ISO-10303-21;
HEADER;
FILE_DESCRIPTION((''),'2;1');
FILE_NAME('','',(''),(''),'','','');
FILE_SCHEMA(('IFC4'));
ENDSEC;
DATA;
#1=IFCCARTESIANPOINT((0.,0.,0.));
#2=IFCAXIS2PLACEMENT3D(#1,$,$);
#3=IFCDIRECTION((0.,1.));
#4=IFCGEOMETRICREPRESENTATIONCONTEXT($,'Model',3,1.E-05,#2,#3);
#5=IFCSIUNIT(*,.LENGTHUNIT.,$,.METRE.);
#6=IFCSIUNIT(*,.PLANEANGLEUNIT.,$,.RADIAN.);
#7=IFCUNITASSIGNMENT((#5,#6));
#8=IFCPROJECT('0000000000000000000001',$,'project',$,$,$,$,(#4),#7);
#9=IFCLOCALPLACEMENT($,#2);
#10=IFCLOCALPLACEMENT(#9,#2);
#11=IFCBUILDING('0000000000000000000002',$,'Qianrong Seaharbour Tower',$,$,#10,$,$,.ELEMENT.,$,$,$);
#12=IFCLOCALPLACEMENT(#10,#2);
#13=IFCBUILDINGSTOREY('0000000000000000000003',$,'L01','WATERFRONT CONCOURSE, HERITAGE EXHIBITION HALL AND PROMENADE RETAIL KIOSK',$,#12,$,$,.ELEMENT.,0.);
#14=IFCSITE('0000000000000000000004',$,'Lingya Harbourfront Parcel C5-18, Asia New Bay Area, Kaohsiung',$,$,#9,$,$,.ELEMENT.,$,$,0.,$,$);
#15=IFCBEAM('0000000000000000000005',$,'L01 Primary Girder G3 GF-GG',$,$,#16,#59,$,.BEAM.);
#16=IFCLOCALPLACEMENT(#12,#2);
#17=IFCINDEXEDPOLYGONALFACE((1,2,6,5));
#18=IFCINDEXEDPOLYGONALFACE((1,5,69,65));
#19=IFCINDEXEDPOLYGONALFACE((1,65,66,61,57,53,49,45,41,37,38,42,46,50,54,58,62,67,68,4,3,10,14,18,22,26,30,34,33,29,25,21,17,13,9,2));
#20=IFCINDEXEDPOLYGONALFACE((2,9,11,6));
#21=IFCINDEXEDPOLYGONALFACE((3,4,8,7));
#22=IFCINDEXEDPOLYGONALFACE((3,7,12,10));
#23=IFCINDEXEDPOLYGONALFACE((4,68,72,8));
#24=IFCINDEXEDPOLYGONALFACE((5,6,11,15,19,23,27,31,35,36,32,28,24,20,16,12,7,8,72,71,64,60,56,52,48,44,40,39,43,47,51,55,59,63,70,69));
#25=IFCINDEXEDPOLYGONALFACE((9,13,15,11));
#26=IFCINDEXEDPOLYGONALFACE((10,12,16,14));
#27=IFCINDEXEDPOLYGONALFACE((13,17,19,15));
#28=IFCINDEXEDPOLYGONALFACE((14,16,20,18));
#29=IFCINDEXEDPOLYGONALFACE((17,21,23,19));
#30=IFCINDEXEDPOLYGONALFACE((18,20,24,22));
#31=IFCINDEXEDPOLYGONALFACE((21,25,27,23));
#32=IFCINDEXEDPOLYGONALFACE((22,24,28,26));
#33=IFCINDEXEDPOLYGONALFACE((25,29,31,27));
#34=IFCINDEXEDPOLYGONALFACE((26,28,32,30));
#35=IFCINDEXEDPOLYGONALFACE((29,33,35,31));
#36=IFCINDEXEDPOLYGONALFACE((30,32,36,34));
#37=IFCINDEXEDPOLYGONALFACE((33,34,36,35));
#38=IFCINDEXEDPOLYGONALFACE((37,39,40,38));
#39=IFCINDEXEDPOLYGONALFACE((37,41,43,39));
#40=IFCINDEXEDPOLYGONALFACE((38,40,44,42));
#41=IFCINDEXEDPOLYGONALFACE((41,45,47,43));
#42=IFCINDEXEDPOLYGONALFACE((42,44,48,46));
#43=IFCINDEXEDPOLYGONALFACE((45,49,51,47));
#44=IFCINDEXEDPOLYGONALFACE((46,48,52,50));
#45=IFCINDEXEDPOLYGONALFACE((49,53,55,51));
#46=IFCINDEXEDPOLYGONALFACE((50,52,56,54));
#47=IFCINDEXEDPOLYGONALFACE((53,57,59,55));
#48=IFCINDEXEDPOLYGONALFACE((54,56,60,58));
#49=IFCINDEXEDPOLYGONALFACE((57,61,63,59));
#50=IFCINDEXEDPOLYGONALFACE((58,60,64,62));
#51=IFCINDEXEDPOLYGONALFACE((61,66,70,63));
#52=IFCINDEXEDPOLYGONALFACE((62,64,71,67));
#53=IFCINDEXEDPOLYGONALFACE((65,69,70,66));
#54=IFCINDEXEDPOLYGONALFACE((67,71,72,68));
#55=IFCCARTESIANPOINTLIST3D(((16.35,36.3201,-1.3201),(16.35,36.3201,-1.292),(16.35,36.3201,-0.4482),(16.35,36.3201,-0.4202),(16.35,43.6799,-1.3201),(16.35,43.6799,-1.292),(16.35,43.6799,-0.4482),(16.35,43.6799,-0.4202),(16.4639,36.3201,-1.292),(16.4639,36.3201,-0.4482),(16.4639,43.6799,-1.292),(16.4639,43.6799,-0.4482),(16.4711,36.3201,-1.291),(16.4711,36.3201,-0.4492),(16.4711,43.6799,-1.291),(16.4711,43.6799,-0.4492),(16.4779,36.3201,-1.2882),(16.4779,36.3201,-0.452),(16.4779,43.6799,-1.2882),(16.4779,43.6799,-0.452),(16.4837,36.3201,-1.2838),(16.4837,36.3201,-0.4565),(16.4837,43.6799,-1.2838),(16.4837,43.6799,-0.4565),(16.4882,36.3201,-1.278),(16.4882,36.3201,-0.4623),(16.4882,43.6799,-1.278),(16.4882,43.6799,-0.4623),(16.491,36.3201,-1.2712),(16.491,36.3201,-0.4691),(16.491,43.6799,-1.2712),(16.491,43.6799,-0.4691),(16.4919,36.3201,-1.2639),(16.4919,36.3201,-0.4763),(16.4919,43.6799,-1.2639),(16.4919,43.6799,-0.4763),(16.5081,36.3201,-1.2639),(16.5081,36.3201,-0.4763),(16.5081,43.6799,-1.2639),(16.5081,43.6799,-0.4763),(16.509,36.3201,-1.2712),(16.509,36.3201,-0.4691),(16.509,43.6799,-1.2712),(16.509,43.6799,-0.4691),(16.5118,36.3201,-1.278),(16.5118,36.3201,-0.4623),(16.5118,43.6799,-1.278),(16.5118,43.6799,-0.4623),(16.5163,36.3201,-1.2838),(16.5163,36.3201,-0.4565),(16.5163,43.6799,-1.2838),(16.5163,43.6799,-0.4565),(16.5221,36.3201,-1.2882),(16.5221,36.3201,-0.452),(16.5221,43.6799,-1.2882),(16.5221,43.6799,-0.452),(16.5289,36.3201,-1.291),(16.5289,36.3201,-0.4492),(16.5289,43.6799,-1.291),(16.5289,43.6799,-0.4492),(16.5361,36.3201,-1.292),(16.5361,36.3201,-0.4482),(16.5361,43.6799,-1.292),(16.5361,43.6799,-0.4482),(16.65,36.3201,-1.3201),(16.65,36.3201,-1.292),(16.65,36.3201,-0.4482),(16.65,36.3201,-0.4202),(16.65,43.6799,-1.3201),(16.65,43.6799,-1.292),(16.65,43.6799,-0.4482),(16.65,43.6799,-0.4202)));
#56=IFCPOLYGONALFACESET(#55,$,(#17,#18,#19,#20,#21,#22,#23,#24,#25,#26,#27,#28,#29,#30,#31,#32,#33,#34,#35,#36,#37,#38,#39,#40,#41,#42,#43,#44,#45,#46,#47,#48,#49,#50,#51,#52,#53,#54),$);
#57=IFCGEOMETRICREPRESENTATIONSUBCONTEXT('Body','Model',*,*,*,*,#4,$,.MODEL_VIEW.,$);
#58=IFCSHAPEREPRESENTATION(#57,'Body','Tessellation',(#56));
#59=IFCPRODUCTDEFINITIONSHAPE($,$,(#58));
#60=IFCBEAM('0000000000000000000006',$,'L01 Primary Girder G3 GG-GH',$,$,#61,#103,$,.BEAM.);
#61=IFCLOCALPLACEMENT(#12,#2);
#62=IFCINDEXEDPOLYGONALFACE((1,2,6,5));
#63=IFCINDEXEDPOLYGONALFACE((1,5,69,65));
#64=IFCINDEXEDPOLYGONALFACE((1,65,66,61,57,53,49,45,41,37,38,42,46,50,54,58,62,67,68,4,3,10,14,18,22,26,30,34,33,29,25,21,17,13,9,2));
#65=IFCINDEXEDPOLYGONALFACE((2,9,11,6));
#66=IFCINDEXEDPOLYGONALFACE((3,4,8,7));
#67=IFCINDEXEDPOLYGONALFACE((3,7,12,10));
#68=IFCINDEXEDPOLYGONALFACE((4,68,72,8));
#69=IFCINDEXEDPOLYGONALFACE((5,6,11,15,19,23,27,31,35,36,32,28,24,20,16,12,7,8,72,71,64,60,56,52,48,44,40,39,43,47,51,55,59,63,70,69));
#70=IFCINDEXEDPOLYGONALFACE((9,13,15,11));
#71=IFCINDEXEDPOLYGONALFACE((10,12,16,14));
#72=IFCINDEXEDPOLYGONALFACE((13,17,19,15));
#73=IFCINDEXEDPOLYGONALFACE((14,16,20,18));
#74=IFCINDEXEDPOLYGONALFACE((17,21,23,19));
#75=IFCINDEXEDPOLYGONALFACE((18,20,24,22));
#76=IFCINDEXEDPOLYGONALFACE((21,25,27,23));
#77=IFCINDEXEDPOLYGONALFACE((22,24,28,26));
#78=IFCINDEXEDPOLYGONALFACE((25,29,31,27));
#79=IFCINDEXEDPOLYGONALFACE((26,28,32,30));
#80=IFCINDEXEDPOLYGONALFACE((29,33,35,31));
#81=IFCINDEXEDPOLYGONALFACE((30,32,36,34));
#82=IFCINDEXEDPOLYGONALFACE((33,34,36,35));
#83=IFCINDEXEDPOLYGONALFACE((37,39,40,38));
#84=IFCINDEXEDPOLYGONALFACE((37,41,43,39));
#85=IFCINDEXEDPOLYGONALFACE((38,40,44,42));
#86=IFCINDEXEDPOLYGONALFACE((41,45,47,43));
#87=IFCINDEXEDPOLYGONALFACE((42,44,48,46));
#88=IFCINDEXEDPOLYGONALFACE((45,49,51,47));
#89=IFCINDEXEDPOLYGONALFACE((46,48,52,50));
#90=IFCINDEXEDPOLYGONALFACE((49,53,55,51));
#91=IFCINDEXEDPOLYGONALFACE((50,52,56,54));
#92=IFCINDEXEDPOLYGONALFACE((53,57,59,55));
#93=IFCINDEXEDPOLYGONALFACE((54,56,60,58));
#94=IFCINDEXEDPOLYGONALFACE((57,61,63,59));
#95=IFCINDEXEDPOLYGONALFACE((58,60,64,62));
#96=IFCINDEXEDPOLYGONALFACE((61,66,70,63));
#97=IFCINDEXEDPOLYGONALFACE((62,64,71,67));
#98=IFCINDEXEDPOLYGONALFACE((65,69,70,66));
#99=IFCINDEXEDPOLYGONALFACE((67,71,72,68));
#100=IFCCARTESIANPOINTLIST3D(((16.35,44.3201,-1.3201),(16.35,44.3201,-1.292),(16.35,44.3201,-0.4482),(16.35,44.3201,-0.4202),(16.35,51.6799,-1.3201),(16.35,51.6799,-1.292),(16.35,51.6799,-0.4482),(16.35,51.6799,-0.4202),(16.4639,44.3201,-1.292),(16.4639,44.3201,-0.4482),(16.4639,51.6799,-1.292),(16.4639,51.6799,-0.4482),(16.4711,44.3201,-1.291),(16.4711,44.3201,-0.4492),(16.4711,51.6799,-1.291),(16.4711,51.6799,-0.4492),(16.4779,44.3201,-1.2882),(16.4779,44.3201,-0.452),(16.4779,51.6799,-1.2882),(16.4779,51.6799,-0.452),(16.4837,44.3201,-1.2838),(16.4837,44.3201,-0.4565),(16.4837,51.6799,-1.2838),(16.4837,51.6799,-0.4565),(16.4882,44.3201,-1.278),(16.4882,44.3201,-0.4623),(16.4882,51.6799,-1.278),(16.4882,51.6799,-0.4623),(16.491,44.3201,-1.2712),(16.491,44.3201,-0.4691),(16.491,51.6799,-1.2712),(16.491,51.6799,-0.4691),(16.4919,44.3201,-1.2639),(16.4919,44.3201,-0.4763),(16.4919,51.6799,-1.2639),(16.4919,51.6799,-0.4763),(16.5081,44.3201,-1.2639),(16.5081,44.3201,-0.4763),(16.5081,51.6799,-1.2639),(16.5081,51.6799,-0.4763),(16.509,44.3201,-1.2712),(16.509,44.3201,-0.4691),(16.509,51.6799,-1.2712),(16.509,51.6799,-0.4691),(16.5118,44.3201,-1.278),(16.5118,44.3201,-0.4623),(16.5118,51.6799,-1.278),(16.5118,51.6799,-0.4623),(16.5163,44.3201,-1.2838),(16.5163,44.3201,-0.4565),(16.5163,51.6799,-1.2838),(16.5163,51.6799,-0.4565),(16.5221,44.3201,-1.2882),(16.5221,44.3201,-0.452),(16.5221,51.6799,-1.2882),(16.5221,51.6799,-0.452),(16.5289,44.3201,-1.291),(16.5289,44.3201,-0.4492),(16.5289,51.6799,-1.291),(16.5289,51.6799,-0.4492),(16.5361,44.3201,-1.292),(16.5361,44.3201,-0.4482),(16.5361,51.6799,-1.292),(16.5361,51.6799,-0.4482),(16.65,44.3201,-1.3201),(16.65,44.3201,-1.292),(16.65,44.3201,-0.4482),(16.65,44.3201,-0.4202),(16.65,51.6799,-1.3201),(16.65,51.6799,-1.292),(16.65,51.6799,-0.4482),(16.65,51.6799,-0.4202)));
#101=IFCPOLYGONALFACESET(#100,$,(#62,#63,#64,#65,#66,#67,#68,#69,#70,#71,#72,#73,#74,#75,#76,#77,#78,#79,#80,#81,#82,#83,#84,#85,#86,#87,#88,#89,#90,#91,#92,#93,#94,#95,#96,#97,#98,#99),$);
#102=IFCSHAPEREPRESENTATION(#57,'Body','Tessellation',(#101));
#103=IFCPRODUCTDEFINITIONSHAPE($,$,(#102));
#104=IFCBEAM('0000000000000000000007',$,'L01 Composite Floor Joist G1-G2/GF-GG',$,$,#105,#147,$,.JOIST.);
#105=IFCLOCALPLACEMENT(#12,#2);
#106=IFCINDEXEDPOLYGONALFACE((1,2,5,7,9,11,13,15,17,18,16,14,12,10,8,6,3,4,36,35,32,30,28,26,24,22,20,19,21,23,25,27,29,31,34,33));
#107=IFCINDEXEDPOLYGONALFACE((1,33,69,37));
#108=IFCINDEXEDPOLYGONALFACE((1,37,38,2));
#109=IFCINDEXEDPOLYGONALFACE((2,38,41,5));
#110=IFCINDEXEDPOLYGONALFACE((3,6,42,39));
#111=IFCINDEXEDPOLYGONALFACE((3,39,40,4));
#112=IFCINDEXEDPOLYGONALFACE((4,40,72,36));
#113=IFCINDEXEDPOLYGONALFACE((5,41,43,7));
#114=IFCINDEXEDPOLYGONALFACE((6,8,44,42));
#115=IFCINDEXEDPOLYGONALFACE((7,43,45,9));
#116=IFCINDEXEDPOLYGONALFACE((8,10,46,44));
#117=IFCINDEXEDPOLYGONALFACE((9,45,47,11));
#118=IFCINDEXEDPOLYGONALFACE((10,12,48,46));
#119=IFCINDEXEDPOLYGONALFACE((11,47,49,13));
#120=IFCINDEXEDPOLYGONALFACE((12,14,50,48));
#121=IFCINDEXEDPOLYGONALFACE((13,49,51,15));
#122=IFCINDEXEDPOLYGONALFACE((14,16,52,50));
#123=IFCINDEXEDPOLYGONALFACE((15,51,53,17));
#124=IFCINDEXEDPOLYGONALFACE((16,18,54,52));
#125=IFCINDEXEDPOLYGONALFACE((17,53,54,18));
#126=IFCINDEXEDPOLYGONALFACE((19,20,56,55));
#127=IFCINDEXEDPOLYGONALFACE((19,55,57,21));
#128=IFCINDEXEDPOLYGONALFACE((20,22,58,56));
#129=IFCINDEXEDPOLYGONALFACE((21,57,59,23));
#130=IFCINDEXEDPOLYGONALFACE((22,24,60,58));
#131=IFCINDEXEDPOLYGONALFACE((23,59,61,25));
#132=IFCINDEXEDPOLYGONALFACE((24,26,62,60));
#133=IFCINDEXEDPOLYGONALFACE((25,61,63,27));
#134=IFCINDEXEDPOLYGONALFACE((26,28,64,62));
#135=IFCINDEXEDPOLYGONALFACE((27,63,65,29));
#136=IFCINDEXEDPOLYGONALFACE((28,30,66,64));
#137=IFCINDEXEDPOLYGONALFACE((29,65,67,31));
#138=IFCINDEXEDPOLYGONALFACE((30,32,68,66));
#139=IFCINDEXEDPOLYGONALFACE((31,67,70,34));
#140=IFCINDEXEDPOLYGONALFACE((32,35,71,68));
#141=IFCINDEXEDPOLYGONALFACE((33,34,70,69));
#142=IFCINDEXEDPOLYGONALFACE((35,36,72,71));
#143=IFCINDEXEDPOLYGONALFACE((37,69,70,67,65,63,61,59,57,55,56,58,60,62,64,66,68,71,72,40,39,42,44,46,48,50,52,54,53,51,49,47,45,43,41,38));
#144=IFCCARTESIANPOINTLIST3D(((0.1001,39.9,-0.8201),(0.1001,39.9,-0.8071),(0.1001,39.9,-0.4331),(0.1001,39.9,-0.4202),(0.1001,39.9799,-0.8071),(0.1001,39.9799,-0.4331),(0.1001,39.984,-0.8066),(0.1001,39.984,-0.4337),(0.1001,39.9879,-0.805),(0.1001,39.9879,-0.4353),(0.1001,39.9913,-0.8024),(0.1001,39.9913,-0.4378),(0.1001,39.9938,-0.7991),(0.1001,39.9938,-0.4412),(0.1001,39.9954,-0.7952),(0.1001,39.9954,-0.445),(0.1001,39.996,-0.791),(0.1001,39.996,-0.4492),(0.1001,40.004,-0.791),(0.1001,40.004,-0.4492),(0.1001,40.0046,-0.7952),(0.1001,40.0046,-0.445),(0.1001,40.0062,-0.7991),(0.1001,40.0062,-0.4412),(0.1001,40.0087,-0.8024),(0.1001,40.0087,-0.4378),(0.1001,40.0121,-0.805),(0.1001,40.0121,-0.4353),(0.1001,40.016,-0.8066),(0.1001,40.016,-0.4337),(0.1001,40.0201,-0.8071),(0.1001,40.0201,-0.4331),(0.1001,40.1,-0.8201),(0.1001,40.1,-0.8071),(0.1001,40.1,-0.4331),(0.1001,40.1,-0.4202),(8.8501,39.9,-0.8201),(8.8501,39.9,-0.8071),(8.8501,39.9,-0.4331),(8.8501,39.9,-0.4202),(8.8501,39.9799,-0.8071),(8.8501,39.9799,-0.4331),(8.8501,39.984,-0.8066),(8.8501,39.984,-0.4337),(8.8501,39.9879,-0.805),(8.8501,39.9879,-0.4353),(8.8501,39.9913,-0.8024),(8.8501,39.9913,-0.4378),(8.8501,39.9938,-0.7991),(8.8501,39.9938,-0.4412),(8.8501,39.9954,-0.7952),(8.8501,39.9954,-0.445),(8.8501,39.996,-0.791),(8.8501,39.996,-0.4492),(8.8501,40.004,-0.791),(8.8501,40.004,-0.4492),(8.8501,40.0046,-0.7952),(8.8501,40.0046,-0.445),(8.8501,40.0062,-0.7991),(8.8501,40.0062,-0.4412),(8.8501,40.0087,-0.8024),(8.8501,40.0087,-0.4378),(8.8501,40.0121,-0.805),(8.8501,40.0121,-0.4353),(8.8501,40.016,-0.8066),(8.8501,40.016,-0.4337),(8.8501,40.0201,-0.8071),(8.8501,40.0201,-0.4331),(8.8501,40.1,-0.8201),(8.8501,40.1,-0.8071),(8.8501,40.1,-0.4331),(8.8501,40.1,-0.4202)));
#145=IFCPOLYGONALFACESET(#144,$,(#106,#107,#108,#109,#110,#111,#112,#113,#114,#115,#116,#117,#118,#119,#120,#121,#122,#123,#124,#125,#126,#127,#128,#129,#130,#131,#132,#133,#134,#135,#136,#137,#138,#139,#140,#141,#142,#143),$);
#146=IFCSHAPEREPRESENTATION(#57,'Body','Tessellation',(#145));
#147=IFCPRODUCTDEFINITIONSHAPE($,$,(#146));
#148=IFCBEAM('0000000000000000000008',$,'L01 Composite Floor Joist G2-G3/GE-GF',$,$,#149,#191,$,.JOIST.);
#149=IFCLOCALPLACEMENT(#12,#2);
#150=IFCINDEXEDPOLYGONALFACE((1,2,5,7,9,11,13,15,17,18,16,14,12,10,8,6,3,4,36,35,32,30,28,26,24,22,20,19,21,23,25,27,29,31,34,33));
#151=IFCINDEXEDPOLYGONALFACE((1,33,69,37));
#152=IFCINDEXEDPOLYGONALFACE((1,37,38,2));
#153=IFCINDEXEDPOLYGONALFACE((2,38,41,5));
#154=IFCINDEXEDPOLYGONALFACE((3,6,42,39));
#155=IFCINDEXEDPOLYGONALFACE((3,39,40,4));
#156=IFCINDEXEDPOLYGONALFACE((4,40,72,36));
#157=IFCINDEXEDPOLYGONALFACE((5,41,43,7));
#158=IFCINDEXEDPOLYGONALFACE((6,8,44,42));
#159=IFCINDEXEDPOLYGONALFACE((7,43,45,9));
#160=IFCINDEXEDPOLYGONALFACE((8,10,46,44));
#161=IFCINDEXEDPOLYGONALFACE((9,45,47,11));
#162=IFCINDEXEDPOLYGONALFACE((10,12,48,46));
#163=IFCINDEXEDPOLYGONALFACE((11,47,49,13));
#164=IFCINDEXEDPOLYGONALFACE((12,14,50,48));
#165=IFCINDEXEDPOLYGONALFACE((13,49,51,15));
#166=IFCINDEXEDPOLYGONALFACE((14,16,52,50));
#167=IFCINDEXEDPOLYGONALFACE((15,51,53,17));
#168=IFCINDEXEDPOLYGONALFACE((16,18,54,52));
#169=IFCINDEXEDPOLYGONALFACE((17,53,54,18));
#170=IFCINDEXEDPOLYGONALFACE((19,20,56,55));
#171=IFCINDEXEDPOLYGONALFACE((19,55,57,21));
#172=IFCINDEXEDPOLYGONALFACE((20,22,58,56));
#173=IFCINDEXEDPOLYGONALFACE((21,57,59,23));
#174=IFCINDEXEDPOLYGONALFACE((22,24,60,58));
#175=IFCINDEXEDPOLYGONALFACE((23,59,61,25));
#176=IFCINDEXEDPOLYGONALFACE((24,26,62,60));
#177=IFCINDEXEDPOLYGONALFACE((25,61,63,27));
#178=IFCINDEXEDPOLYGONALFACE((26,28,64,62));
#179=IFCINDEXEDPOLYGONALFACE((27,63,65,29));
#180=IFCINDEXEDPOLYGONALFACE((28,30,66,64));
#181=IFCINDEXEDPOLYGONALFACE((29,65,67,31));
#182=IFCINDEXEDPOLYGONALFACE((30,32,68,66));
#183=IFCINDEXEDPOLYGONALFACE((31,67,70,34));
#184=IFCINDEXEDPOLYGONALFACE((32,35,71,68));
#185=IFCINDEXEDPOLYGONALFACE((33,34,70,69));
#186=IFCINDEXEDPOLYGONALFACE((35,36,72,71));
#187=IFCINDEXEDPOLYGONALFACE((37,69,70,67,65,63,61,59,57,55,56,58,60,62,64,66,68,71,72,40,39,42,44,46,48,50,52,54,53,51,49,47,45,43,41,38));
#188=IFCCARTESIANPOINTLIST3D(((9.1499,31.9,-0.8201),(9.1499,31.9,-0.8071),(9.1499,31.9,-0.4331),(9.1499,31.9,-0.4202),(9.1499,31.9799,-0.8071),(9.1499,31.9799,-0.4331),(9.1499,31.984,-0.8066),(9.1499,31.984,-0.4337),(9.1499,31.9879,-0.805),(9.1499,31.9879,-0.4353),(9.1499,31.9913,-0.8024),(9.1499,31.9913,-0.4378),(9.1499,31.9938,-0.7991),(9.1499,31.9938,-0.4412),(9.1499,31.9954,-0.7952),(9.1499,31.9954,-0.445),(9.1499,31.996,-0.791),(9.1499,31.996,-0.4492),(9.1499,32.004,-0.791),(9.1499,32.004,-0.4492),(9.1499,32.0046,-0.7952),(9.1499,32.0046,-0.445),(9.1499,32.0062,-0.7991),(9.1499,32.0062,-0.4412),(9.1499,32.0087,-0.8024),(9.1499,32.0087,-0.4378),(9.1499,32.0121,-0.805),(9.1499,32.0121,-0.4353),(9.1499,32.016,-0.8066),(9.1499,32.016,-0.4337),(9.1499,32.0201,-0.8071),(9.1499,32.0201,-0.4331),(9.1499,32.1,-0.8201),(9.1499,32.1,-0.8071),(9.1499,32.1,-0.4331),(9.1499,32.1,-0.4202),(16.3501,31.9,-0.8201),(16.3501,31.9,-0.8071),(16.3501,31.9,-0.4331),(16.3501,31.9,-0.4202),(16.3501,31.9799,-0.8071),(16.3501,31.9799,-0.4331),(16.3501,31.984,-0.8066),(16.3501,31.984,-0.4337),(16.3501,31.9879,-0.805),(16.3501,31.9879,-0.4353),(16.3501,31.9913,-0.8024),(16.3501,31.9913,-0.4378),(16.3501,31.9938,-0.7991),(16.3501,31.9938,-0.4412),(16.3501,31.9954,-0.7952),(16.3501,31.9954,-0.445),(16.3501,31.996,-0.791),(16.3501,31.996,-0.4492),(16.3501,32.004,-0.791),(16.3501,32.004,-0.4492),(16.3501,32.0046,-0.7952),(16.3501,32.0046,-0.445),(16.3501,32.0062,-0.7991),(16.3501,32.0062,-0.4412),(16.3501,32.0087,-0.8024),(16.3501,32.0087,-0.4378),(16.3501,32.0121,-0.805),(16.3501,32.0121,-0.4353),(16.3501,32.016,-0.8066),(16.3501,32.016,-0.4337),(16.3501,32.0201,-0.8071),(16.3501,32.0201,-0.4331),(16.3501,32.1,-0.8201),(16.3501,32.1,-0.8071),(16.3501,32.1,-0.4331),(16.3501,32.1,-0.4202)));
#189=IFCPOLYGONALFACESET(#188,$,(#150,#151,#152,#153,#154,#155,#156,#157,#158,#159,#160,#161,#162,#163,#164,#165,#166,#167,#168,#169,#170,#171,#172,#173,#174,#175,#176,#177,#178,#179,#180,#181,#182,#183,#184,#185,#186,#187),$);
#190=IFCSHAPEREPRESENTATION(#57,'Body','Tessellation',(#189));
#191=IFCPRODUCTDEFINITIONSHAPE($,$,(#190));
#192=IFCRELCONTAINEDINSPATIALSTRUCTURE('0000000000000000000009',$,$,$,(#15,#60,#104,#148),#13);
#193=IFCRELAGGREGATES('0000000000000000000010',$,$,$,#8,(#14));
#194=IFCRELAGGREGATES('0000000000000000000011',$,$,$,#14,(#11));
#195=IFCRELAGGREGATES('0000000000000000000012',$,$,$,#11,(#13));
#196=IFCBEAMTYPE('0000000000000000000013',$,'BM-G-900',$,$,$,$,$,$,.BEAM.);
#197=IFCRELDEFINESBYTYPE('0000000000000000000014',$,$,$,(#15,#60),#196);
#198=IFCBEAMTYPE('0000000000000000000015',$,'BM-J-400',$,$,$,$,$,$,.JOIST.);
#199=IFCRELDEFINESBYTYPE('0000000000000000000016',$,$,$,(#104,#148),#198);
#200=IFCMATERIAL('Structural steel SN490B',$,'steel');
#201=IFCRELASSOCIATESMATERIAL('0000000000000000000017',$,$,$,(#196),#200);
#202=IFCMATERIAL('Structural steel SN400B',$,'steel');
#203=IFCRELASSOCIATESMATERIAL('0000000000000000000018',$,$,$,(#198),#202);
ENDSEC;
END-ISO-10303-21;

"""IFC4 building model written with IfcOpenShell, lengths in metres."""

from ifc_helpers import new_model, si_unit, direction, frame, origin, origin_2d, place, context, subcontext, project, spatial, i_section, extrude, material, material_profile, profile_set, type_object, element, save


model = new_model("IFC4")

# Units and contexts
model_context = context("Model", 3, precision=1e-05, world=origin(), true_north=direction((0.0, 1.0)))
body_context = subcontext(model_context, "Body", "Model", "MODEL_VIEW")
ifc_project = project(units=[si_unit("LENGTHUNIT", "METRE"), si_unit("PLANEANGLEUNIT", "RADIAN")], contexts=[model_context])

# Site, building, storey
site_placement = place(None, origin())
site = spatial("IfcSite", under=ifc_project, at=site_placement, Name="Lingya Harbourfront Parcel C5-18, Asia New Bay Area, Kaohsiung", CompositionType="ELEMENT", RefElevation=0.0)
building_placement = place(site_placement, origin())
building = spatial("IfcBuilding", under=site, at=building_placement, Name="Qianrong Seaharbour Tower", CompositionType="ELEMENT")
storey_placement = place(building_placement, origin())
storey = spatial("IfcBuildingStorey", under=building, at=storey_placement, Name="L01", Description="WATERFRONT CONCOURSE, HERITAGE EXHIBITION HALL AND PROMENADE RETAIL KIOSK", CompositionType="ELEMENT", Elevation=0.0)

# Shared definitions
ifc_material_1 = material(Name="Structural steel SN490B", Category="steel")

# Beams
ifc_material_profile_1 = material_profile(ifc_material_1, i_section(OverallWidth=0.3, OverallDepth=0.8999, WebThickness=0.0161, FlangeThickness=0.0281, FilletRadius=0.0281, at=origin_2d()), Name="H900x300x16x28")
ifc_profile_set_1 = profile_set([ifc_material_profile_1], Name="Structural steel SN490B")
beam_type_1 = type_object("IfcBeamType", Name="BM-G-900", PredefinedType="BEAM", material=ifc_profile_set_1)
for number, where, z_axis, x_axis, name in (
    (1, (16.5, 36.3201, -0.8701), (0.0, 1.0, 0.0), (-1.0, 0.0, 0.0), "L01 Primary Girder G3 GF-GG"),
    (2, (16.5, 44.3201, -0.8701), (0.0, 1.0, 0.0), (-1.0, 0.0, 0.0), "L01 Primary Girder G3 GG-GH"),
):
    element("IfcBeam", number, at=place(storey_placement, frame(where, z_axis=z_axis, x_axis=x_axis)), inside=storey, type_object=beam_type_1, Name=name, PredefinedType="BEAM", context=body_context, shape_type="SweptSolid", body=[
        extrude(i_section(OverallWidth=0.3, OverallDepth=0.8999, WebThickness=0.0161, FlangeThickness=0.0281, FilletRadius=0.0281, at=origin_2d()), origin(), (0.0, 0.0, 1.0), 7.3599),
    ])
ifc_material_2 = material(Name="Structural steel SN400B", Category="steel")
ifc_material_profile_2 = material_profile(ifc_material_2, i_section(OverallWidth=0.2, OverallDepth=0.3999, WebThickness=0.0081, FlangeThickness=0.0129, FilletRadius=0.0161, at=origin_2d()), Name="H400x200x8x13")
ifc_profile_set_2 = profile_set([ifc_material_profile_2], Name="Structural steel SN400B")
beam_type_2 = type_object("IfcBeamType", Name="BM-J-400", PredefinedType="JOIST", material=ifc_profile_set_2)
beam_1_placement = place(storey_placement, frame((0.1001, 40.0, -0.6201), z_axis=(1.0, 0.0, 0.0), x_axis=(0.0, 1.0, 0.0)))
element("IfcBeam", 3, at=beam_1_placement, inside=storey, type_object=beam_type_2, Name="L01 Composite Floor Joist G1-G2/GF-GG", PredefinedType="JOIST", context=body_context, shape_type="SweptSolid", body=[
    extrude(i_section(OverallWidth=0.2, OverallDepth=0.3999, WebThickness=0.0081, FlangeThickness=0.0129, FilletRadius=0.0161, at=origin_2d()), origin(), (0.0, 0.0, 1.0), 8.75),
])
for number, where, z_axis, x_axis, name in (
    (4, (9.1499, 32.0, -0.6201), (1.0, 0.0, 0.0), (0.0, 1.0, 0.0), "L01 Composite Floor Joist G2-G3/GE-GF"),
):
    element("IfcBeam", number, at=place(storey_placement, frame(where, z_axis=z_axis, x_axis=x_axis)), inside=storey, type_object=beam_type_2, Name=name, PredefinedType="JOIST", context=body_context, shape_type="SweptSolid", body=[
        extrude(i_section(OverallWidth=0.2, OverallDepth=0.3999, WebThickness=0.0081, FlangeThickness=0.0129, FilletRadius=0.0161, at=origin_2d()), origin(), (0.0, 0.0, 1.0), 7.2002),
    ])

save(model, "model.ifc")
